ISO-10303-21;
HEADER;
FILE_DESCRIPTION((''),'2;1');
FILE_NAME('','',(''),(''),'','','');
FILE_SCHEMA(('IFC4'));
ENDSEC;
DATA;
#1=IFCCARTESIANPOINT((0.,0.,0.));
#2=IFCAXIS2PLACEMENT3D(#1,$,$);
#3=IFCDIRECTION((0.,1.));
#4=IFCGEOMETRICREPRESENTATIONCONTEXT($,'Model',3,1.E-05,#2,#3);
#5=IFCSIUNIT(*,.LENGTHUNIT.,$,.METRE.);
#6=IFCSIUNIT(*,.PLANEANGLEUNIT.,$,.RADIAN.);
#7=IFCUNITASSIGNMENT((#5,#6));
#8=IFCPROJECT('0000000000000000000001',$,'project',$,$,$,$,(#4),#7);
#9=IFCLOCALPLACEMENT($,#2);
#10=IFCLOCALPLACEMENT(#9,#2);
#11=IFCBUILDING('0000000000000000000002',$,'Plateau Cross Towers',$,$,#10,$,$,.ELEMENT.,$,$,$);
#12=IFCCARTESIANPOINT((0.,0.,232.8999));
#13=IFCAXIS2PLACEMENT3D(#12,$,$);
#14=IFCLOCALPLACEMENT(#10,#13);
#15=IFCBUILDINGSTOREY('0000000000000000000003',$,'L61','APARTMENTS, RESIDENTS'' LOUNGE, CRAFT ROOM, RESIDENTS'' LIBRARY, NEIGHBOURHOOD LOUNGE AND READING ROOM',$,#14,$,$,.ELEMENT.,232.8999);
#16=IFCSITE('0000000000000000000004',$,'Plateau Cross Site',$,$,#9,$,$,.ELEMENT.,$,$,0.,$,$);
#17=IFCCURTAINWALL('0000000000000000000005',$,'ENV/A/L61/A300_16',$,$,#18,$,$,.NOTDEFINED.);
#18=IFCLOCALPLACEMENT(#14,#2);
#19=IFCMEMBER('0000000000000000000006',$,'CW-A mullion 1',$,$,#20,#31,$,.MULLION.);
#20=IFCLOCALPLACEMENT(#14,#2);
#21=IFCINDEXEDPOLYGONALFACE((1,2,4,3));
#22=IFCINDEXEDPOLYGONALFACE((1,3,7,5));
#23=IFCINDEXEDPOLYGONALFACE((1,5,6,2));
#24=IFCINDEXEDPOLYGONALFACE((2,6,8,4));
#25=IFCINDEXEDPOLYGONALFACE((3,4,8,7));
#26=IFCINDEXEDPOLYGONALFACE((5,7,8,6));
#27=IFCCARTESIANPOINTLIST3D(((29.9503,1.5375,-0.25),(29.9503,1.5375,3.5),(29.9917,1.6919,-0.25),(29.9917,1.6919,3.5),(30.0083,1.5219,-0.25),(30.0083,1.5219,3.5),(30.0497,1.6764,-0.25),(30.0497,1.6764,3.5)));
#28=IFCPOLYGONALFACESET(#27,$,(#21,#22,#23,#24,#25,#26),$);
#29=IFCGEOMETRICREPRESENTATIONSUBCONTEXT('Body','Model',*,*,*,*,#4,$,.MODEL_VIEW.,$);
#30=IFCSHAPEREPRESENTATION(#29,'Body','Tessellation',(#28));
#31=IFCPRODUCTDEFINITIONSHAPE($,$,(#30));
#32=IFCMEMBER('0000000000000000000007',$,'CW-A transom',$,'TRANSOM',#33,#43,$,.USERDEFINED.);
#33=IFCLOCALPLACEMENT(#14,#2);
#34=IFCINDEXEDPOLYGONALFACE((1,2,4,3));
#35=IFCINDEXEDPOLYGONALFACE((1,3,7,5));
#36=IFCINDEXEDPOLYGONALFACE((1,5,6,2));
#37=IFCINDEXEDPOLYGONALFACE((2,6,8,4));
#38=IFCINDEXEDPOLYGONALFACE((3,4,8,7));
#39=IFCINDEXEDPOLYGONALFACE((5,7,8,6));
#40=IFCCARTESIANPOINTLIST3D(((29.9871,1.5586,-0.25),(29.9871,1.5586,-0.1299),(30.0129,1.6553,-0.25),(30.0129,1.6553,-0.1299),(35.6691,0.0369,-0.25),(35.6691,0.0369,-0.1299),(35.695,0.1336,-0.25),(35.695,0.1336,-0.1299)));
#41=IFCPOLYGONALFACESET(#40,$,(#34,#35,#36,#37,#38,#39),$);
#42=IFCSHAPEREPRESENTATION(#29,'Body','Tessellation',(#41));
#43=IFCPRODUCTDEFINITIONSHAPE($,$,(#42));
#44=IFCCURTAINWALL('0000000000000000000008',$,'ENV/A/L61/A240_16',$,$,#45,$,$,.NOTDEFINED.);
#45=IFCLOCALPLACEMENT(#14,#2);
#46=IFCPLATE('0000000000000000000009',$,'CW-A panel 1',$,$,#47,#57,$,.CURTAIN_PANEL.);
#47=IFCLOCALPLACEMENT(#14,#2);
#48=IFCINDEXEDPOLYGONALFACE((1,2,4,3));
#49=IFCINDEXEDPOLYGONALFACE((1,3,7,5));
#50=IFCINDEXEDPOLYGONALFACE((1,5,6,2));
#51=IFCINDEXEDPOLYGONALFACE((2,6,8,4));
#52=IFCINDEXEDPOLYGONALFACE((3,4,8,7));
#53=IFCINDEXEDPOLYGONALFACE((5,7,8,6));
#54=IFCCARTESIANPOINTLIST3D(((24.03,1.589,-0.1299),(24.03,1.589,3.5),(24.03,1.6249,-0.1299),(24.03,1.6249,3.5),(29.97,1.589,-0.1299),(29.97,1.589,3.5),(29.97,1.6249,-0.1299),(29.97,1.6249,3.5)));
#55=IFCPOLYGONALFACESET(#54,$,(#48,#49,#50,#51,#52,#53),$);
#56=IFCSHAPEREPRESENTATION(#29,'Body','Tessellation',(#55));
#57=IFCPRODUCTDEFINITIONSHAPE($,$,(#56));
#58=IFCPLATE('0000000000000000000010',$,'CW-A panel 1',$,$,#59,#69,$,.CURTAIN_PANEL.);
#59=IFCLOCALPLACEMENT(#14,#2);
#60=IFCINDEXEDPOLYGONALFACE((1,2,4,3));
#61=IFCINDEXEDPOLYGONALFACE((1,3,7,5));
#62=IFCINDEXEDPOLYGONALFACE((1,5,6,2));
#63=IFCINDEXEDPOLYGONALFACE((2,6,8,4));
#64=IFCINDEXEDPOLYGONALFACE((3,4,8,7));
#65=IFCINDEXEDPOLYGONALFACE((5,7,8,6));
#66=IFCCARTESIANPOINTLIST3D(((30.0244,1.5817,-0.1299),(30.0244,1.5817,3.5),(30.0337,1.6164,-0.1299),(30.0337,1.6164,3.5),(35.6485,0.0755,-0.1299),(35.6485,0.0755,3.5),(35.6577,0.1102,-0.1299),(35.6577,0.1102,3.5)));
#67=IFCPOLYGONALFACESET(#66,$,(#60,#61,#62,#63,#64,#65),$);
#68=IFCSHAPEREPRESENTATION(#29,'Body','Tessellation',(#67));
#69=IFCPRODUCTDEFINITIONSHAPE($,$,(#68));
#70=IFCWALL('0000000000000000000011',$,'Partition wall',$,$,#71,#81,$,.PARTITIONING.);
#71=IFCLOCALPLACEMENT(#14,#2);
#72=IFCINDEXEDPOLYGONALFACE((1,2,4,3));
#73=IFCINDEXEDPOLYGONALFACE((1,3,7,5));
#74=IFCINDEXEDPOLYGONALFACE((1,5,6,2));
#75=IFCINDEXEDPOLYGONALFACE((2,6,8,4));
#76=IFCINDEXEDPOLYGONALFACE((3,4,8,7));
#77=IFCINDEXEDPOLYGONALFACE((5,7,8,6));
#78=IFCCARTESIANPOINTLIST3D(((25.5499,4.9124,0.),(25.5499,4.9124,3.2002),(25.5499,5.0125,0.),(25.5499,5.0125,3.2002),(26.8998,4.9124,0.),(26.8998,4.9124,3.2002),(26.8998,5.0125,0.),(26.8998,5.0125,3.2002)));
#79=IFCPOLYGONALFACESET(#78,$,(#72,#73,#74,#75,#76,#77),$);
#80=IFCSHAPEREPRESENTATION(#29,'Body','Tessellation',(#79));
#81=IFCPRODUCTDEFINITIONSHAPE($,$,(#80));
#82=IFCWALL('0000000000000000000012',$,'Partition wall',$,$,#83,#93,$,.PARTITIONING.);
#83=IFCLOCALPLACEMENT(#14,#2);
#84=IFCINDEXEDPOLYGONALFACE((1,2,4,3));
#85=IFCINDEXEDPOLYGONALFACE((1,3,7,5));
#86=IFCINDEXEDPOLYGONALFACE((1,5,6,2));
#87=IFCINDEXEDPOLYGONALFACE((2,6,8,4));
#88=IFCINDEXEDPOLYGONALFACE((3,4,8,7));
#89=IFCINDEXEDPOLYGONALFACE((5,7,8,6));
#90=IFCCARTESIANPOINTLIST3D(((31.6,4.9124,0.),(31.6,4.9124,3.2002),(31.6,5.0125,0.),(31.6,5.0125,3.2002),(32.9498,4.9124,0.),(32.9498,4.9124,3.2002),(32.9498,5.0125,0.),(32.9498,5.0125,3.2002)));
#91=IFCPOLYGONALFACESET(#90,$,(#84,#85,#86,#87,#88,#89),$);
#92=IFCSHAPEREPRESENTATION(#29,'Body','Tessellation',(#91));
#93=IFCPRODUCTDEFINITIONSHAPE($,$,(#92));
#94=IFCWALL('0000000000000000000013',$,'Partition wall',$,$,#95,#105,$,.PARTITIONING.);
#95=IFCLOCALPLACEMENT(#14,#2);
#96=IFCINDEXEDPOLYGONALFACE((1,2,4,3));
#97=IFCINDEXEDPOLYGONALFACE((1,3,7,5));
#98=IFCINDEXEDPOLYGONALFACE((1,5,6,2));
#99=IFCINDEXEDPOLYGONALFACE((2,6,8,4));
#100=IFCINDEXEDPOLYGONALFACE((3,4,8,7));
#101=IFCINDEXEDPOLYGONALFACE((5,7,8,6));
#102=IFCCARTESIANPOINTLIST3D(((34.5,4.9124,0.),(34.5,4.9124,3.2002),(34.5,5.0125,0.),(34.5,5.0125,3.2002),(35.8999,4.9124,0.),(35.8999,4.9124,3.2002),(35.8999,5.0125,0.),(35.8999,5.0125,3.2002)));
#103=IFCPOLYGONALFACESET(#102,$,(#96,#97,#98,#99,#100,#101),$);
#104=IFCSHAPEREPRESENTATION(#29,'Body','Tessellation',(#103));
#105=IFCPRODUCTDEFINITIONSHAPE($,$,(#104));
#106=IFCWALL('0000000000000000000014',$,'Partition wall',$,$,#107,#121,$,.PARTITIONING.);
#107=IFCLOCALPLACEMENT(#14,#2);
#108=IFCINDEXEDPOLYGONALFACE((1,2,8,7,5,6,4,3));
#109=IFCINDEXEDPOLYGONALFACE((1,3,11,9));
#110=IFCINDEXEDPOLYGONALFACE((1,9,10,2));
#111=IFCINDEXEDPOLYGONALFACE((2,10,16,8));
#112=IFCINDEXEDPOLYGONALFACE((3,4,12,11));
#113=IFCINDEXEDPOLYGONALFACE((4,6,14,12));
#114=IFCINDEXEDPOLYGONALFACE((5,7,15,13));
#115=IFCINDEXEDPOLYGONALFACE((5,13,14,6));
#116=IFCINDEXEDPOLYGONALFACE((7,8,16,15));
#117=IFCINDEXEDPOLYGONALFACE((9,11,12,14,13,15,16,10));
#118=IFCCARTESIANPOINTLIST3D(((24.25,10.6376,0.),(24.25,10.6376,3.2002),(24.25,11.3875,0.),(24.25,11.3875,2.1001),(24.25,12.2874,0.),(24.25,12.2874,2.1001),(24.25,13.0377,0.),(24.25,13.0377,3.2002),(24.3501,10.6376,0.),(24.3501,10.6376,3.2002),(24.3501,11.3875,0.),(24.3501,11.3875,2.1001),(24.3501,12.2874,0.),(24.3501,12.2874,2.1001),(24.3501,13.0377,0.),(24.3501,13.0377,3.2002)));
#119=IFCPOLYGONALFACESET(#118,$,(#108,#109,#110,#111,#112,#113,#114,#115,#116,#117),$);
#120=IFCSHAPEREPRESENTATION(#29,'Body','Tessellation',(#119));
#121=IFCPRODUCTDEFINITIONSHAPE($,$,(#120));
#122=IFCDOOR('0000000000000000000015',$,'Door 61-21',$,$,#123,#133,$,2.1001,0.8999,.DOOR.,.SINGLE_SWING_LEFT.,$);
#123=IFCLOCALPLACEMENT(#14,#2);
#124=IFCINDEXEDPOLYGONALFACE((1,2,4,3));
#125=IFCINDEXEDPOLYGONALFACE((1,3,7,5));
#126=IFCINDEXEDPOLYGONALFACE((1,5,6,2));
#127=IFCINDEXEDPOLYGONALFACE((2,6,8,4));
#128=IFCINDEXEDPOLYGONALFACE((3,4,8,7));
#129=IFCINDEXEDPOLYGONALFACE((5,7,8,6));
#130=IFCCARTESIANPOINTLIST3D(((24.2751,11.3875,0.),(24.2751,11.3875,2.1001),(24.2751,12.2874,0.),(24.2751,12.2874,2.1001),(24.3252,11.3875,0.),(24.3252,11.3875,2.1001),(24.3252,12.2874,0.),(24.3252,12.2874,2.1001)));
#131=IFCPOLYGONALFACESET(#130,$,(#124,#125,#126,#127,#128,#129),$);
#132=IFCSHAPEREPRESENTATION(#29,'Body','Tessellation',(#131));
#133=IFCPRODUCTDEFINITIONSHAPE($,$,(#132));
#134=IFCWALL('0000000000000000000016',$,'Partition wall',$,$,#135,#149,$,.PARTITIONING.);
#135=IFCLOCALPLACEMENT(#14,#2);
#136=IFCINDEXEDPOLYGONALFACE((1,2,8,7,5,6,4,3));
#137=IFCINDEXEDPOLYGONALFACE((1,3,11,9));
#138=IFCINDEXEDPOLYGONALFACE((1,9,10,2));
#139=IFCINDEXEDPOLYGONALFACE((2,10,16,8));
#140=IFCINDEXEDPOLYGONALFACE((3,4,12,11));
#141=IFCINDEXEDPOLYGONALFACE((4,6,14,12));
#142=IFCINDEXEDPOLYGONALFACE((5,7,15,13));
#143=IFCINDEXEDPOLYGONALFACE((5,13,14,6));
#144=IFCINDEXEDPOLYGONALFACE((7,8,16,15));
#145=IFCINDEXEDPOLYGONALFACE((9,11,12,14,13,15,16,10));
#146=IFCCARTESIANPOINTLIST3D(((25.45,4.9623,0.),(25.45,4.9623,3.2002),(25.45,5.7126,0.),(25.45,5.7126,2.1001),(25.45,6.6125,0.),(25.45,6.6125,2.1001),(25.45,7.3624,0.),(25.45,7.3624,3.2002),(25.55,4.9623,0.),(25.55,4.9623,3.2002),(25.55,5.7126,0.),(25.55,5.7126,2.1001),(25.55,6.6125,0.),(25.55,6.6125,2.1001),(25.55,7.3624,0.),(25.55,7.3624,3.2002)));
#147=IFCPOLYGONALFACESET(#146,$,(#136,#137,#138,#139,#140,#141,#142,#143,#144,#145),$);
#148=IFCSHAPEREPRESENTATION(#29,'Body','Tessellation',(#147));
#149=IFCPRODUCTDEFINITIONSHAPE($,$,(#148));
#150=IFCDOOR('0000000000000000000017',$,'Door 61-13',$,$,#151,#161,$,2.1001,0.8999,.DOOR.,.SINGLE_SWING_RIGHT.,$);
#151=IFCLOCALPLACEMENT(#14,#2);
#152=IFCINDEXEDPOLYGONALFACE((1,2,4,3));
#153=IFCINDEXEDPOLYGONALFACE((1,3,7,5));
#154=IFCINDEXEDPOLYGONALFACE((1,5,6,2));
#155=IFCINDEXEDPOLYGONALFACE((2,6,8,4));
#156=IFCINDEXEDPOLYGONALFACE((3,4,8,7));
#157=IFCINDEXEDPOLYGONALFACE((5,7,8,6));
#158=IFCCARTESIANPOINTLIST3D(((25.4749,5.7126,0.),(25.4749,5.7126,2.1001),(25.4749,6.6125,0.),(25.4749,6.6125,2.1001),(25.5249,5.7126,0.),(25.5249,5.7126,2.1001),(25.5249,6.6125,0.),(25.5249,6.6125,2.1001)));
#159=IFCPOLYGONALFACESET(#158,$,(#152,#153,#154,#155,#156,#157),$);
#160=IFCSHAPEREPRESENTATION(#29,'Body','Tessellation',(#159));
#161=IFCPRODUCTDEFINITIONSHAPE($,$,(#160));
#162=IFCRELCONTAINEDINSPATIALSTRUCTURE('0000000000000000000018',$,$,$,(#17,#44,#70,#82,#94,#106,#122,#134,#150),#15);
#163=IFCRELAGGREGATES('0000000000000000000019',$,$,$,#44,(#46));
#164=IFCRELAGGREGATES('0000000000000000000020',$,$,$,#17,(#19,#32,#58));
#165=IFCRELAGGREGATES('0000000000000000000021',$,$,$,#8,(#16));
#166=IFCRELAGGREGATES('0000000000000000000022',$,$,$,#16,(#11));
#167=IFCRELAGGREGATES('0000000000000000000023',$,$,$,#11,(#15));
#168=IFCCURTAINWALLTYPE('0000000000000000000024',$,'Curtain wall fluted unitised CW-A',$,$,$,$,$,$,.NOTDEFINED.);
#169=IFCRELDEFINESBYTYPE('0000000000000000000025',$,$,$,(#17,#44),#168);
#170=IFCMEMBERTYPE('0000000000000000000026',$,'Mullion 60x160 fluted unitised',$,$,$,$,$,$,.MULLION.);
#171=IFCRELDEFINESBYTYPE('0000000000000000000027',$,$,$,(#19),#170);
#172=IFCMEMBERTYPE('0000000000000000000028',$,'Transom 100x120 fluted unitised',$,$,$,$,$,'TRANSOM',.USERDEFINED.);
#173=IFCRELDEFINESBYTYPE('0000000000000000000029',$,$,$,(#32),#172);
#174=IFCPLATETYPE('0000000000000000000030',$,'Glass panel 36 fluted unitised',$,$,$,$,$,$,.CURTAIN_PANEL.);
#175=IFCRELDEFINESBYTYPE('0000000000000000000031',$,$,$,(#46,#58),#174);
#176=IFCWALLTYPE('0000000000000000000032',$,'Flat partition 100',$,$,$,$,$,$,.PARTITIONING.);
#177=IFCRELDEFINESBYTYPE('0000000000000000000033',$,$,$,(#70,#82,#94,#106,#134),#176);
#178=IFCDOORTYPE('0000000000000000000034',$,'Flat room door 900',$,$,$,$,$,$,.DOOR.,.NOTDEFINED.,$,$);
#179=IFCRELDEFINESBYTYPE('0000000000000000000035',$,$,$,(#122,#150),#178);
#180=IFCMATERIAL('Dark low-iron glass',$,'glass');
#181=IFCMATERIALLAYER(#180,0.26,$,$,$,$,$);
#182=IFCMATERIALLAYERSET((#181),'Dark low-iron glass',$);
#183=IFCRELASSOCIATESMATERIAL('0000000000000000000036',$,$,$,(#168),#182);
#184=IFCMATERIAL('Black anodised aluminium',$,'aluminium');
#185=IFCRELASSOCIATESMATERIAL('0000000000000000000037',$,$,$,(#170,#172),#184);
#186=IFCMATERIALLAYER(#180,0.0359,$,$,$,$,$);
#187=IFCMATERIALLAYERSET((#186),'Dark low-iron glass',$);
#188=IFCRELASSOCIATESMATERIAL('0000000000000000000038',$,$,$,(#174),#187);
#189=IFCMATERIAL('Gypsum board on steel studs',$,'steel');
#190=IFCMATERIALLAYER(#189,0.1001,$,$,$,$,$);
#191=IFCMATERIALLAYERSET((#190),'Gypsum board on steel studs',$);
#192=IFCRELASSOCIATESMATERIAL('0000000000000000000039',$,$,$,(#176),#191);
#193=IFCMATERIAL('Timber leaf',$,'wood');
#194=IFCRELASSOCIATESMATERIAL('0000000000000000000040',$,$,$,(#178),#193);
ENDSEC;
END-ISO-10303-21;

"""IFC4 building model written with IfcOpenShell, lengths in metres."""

from ifc_helpers import new_model, si_unit, direction, frame, frame_2d, origin, origin_2d, place, context, subcontext, project, spatial, rectangle, extrude, material, layer, layer_set, material_profile, profile_set, type_object, element, fill, aggregate, save


model = new_model("IFC4")

# Units and contexts
model_context = context("Model", 3, precision=1e-05, world=origin(), true_north=direction((0.0, 1.0)))
body_context = subcontext(model_context, "Body", "Model", "MODEL_VIEW")
ifc_project = project(units=[si_unit("LENGTHUNIT", "METRE"), si_unit("PLANEANGLEUNIT", "RADIAN")], contexts=[model_context])

# Site, building, storey
site_placement = place(None, origin())
site = spatial("IfcSite", under=ifc_project, at=site_placement, Name="Plateau Cross Site", CompositionType="ELEMENT", RefElevation=0.0)
building_placement = place(site_placement, origin())
building = spatial("IfcBuilding", under=site, at=building_placement, Name="Plateau Cross Towers", CompositionType="ELEMENT")
storey_placement = place(building_placement, frame((0.0, 0.0, 232.8999)))
storey = spatial("IfcBuildingStorey", under=building, at=storey_placement, Name="L61", Description="APARTMENTS, RESIDENTS' LOUNGE, CRAFT ROOM, RESIDENTS' LIBRARY, NEIGHBOURHOOD LOUNGE AND READING ROOM", CompositionType="ELEMENT", Elevation=232.8999)

# Curtain wall, members
ifc_material_1 = material(Name="Dark low-iron glass", Category="glass")
ifc_layer_1 = layer(ifc_material_1, 0.26)
ifc_layer_set_1 = layer_set([ifc_layer_1], Name="Dark low-iron glass")
curtain_wall_type = type_object("IfcCurtainWallType", Name="Curtain wall fluted unitised CW-A", PredefinedType="NOTDEFINED", material=ifc_layer_set_1)
curtain_wall_1_placement = place(storey_placement, origin())
curtain_wall_1 = element("IfcCurtainWall", 1, at=curtain_wall_1_placement, inside=storey, type_object=curtain_wall_type, Name="ENV/A/L61/A300_16", PredefinedType="NOTDEFINED")
ifc_material_2 = material(Name="Black anodised aluminium", Category="aluminium")
ifc_material_profile_1 = material_profile(ifc_material_2, rectangle(XDim=0.0601, YDim=0.1599, at=origin_2d()), Name="MULLION 60x160")
ifc_profile_set_1 = profile_set([ifc_material_profile_1], Name="Black anodised aluminium")
member_type_1 = type_object("IfcMemberType", Name="Mullion 60x160 fluted unitised", PredefinedType="MULLION", material=ifc_profile_set_1)
member_1_placement = place(storey_placement, frame((30.0, 1.6069, -0.25), z_axis=(0.0, 0.0, 1.0), x_axis=(0.965958, -0.258699, 0.0)))
member_1 = element("IfcMember", 2, at=member_1_placement, type_object=member_type_1, Name="CW-A mullion 1", PredefinedType="MULLION", context=body_context, shape_type="SweptSolid", body=[
    extrude(rectangle(XDim=0.0601, YDim=0.1599, at=origin_2d()), origin(), (0.0, 0.0, 1.0), 3.75),
])
ifc_material_profile_2 = material_profile(ifc_material_2, rectangle(XDim=0.1001, YDim=0.1201, at=origin_2d()), Name="TRANSOM 100x120")
ifc_profile_set_2 = profile_set([ifc_material_profile_2], Name="Black anodised aluminium")
member_type_2 = type_object("IfcMemberType", Name="Transom 100x120 fluted unitised", ElementType="TRANSOM", PredefinedType="USERDEFINED", material=ifc_profile_set_2)
member_2_placement = place(storey_placement, frame((30.0, 1.6069, -0.1899), z_axis=(0.96596, -0.258693, 0.0), x_axis=(0.258693, 0.96596, 0.0)))
member_2 = element("IfcMember", 3, at=member_2_placement, type_object=member_type_2, Name="CW-A transom", ObjectType="TRANSOM", PredefinedType="USERDEFINED", context=body_context, shape_type="SweptSolid", body=[
    extrude(rectangle(XDim=0.1001, YDim=0.1201, at=origin_2d()), origin(), (0.0, 0.0, 1.0), 5.8823),
])

# Curtain wall, plate
curtain_wall_2_placement = place(storey_placement, origin())
curtain_wall_2 = element("IfcCurtainWall", 4, at=curtain_wall_2_placement, inside=storey, type_object=curtain_wall_type, Name="ENV/A/L61/A240_16", PredefinedType="NOTDEFINED")
ifc_layer_2 = layer(ifc_material_1, 0.0359)
ifc_layer_set_2 = layer_set([ifc_layer_2], Name="Dark low-iron glass")
plate_type = type_object("IfcPlateType", Name="Glass panel 36 fluted unitised", PredefinedType="CURTAIN_PANEL", material=ifc_layer_set_2)
plate_1_placement = place(storey_placement, frame((27.0, 1.6069, -0.1299), z_axis=(0.0, 0.0, 1.0), x_axis=(1.0, 0.0, 0.0)))
plate_1 = element("IfcPlate", 5, at=plate_1_placement, type_object=plate_type, Name="CW-A panel 1", PredefinedType="CURTAIN_PANEL", context=body_context, shape_type="SweptSolid", body=[
    extrude(rectangle(XDim=5.9399, YDim=0.0359, at=origin_2d()), origin(), (0.0, 0.0, 1.0), 3.6299),
])
aggregate(curtain_wall_2, [plate_1])

# Plate
plate_2_placement = place(storey_placement, frame((32.8411, 0.8459, -0.1299), z_axis=(0.0, 0.0, 1.0), x_axis=(0.965958, -0.258699, 0.0)))
plate_2 = element("IfcPlate", 6, at=plate_2_placement, type_object=plate_type, Name="CW-A panel 1", PredefinedType="CURTAIN_PANEL", context=body_context, shape_type="SweptSolid", body=[
    extrude(rectangle(XDim=5.8223, YDim=0.0359, at=origin_2d()), origin(), (0.0, 0.0, 1.0), 3.6299),
])
aggregate(curtain_wall_1, [member_1, member_2, plate_2])

# Walls
ifc_material_3 = material(Name="Gypsum board on steel studs", Category="steel")
ifc_layer_3 = layer(ifc_material_3, 0.1001)
ifc_layer_set_3 = layer_set([ifc_layer_3], Name="Gypsum board on steel studs")
wall_type_1 = type_object("IfcWallType", Name="Flat partition 100", PredefinedType="PARTITIONING", material=ifc_layer_set_3)
for number, where, z_axis, x_axis, name in (
    (7, (25.55, 4.9624, 0.0), (0.0, 0.0, 1.0), (1.0, 0.0, 0.0), "Partition wall"),
    (8, (31.6001, 4.9624, 0.0), (0.0, 0.0, 1.0), (1.0, 0.0, 0.0), "Partition wall"),
):
    element("IfcWall", number, at=place(storey_placement, frame(where, z_axis=z_axis, x_axis=x_axis)), inside=storey, type_object=wall_type_1, Name=name, PredefinedType="PARTITIONING", context=body_context, shape_type="SweptSolid", body=[
        extrude(rectangle(XDim=1.3499, YDim=0.1001, at=frame_2d((0.6748, 0.0))), origin(), (0.0, 0.0, 1.0), 3.2002),
    ])
wall_1_placement = place(storey_placement, frame((34.5, 4.9624, 0.0), z_axis=(0.0, 0.0, 1.0), x_axis=(1.0, 0.0, 0.0)))
element("IfcWall", 9, at=wall_1_placement, inside=storey, type_object=wall_type_1, Name="Partition wall", PredefinedType="PARTITIONING", context=body_context, shape_type="SweptSolid", body=[
    extrude(rectangle(XDim=1.3999, YDim=0.1001, at=frame_2d((0.7, 0.0))), origin(), (0.0, 0.0, 1.0), 3.2002),
])

# Walls, openings, doors
wall_2_placement = place(storey_placement, frame((24.3, 10.6375, 0.0), z_axis=(0.0, 0.0, 1.0), x_axis=(0.0, 1.0, 0.0)))
wall_2 = element("IfcWall", 10, at=wall_2_placement, inside=storey, type_object=wall_type_1, Name="Partition wall", PredefinedType="PARTITIONING", context=body_context, shape_type="SweptSolid", body=[
    extrude(rectangle(XDim=2.4001, YDim=0.1001, at=frame_2d((1.2002, 0.0))), origin(), (0.0, 0.0, 1.0), 3.2002),
])
opening_1_placement = place(wall_2_placement, frame((0.75, 0.0, 0.0)))
opening_1 = element("IfcOpeningElement", 11, at=opening_1_placement, cuts=wall_2, PredefinedType="OPENING", context=body_context, shape_type="SweptSolid", body=[
    extrude(rectangle(XDim=0.8999, YDim=2.1001, at=frame_2d((0.45, 1.05))), frame((0.0, 0.0601, 0.0), z_axis=(0.0, -1.0, 0.0), x_axis=(1.0, 0.0, 0.0)), (0.0, 0.0, 1.0), 0.1201),
])
ifc_material_4 = material(Name="Timber leaf", Category="wood")
door_type_1 = type_object("IfcDoorType", Name="Flat room door 900", OperationType="NOTDEFINED", PredefinedType="DOOR", material=ifc_material_4)
door_1_placement = place(opening_1_placement, origin())
door_1 = element("IfcDoor", 12, at=door_1_placement, inside=storey, type_object=door_type_1, Name="Door 61-21", OperationType="SINGLE_SWING_LEFT", OverallHeight=2.1001, OverallWidth=0.8999, PredefinedType="DOOR", context=body_context, shape_type="SweptSolid", body=[
    extrude(rectangle(XDim=0.8999, YDim=2.1001, at=frame_2d((0.45, 1.05))), frame((0.0, 0.0249, 0.0), z_axis=(0.0, -1.0, 0.0), x_axis=(1.0, 0.0, 0.0)), (0.0, 0.0, 1.0), 0.05),
])
fill(opening_1, door_1)
wall_3_placement = place(storey_placement, frame((25.5, 7.3625, 0.0), z_axis=(0.0, 0.0, 1.0), x_axis=(0.0, -1.0, 0.0)))
wall_3 = element("IfcWall", 13, at=wall_3_placement, inside=storey, type_object=wall_type_1, Name="Partition wall", PredefinedType="PARTITIONING", context=body_context, shape_type="SweptSolid", body=[
    extrude(rectangle(XDim=2.4001, YDim=0.1001, at=frame_2d((1.2002, 0.0))), origin(), (0.0, 0.0, 1.0), 3.2002),
])
opening_2_placement = place(wall_3_placement, frame((0.75, 0.0, 0.0)))
opening_2 = element("IfcOpeningElement", 14, at=opening_2_placement, cuts=wall_3, PredefinedType="OPENING", context=body_context, shape_type="SweptSolid", body=[
    extrude(rectangle(XDim=0.8999, YDim=2.1001, at=frame_2d((0.45, 1.05))), frame((0.0, 0.0601, 0.0), z_axis=(0.0, -1.0, 0.0), x_axis=(1.0, 0.0, 0.0)), (0.0, 0.0, 1.0), 0.1201),
])
door_2_placement = place(opening_2_placement, origin())
door_2 = element("IfcDoor", 15, at=door_2_placement, inside=storey, type_object=door_type_1, Name="Door 61-13", OperationType="SINGLE_SWING_RIGHT", OverallHeight=2.1001, OverallWidth=0.8999, PredefinedType="DOOR", context=body_context, shape_type="SweptSolid", body=[
    extrude(rectangle(XDim=0.8999, YDim=2.1001, at=frame_2d((0.45, 1.05))), frame((0.0, 0.0249, 0.0), z_axis=(0.0, -1.0, 0.0), x_axis=(1.0, 0.0, 0.0)), (0.0, 0.0, 1.0), 0.05),
])
fill(opening_2, door_2)

save(model, "model.ifc")
